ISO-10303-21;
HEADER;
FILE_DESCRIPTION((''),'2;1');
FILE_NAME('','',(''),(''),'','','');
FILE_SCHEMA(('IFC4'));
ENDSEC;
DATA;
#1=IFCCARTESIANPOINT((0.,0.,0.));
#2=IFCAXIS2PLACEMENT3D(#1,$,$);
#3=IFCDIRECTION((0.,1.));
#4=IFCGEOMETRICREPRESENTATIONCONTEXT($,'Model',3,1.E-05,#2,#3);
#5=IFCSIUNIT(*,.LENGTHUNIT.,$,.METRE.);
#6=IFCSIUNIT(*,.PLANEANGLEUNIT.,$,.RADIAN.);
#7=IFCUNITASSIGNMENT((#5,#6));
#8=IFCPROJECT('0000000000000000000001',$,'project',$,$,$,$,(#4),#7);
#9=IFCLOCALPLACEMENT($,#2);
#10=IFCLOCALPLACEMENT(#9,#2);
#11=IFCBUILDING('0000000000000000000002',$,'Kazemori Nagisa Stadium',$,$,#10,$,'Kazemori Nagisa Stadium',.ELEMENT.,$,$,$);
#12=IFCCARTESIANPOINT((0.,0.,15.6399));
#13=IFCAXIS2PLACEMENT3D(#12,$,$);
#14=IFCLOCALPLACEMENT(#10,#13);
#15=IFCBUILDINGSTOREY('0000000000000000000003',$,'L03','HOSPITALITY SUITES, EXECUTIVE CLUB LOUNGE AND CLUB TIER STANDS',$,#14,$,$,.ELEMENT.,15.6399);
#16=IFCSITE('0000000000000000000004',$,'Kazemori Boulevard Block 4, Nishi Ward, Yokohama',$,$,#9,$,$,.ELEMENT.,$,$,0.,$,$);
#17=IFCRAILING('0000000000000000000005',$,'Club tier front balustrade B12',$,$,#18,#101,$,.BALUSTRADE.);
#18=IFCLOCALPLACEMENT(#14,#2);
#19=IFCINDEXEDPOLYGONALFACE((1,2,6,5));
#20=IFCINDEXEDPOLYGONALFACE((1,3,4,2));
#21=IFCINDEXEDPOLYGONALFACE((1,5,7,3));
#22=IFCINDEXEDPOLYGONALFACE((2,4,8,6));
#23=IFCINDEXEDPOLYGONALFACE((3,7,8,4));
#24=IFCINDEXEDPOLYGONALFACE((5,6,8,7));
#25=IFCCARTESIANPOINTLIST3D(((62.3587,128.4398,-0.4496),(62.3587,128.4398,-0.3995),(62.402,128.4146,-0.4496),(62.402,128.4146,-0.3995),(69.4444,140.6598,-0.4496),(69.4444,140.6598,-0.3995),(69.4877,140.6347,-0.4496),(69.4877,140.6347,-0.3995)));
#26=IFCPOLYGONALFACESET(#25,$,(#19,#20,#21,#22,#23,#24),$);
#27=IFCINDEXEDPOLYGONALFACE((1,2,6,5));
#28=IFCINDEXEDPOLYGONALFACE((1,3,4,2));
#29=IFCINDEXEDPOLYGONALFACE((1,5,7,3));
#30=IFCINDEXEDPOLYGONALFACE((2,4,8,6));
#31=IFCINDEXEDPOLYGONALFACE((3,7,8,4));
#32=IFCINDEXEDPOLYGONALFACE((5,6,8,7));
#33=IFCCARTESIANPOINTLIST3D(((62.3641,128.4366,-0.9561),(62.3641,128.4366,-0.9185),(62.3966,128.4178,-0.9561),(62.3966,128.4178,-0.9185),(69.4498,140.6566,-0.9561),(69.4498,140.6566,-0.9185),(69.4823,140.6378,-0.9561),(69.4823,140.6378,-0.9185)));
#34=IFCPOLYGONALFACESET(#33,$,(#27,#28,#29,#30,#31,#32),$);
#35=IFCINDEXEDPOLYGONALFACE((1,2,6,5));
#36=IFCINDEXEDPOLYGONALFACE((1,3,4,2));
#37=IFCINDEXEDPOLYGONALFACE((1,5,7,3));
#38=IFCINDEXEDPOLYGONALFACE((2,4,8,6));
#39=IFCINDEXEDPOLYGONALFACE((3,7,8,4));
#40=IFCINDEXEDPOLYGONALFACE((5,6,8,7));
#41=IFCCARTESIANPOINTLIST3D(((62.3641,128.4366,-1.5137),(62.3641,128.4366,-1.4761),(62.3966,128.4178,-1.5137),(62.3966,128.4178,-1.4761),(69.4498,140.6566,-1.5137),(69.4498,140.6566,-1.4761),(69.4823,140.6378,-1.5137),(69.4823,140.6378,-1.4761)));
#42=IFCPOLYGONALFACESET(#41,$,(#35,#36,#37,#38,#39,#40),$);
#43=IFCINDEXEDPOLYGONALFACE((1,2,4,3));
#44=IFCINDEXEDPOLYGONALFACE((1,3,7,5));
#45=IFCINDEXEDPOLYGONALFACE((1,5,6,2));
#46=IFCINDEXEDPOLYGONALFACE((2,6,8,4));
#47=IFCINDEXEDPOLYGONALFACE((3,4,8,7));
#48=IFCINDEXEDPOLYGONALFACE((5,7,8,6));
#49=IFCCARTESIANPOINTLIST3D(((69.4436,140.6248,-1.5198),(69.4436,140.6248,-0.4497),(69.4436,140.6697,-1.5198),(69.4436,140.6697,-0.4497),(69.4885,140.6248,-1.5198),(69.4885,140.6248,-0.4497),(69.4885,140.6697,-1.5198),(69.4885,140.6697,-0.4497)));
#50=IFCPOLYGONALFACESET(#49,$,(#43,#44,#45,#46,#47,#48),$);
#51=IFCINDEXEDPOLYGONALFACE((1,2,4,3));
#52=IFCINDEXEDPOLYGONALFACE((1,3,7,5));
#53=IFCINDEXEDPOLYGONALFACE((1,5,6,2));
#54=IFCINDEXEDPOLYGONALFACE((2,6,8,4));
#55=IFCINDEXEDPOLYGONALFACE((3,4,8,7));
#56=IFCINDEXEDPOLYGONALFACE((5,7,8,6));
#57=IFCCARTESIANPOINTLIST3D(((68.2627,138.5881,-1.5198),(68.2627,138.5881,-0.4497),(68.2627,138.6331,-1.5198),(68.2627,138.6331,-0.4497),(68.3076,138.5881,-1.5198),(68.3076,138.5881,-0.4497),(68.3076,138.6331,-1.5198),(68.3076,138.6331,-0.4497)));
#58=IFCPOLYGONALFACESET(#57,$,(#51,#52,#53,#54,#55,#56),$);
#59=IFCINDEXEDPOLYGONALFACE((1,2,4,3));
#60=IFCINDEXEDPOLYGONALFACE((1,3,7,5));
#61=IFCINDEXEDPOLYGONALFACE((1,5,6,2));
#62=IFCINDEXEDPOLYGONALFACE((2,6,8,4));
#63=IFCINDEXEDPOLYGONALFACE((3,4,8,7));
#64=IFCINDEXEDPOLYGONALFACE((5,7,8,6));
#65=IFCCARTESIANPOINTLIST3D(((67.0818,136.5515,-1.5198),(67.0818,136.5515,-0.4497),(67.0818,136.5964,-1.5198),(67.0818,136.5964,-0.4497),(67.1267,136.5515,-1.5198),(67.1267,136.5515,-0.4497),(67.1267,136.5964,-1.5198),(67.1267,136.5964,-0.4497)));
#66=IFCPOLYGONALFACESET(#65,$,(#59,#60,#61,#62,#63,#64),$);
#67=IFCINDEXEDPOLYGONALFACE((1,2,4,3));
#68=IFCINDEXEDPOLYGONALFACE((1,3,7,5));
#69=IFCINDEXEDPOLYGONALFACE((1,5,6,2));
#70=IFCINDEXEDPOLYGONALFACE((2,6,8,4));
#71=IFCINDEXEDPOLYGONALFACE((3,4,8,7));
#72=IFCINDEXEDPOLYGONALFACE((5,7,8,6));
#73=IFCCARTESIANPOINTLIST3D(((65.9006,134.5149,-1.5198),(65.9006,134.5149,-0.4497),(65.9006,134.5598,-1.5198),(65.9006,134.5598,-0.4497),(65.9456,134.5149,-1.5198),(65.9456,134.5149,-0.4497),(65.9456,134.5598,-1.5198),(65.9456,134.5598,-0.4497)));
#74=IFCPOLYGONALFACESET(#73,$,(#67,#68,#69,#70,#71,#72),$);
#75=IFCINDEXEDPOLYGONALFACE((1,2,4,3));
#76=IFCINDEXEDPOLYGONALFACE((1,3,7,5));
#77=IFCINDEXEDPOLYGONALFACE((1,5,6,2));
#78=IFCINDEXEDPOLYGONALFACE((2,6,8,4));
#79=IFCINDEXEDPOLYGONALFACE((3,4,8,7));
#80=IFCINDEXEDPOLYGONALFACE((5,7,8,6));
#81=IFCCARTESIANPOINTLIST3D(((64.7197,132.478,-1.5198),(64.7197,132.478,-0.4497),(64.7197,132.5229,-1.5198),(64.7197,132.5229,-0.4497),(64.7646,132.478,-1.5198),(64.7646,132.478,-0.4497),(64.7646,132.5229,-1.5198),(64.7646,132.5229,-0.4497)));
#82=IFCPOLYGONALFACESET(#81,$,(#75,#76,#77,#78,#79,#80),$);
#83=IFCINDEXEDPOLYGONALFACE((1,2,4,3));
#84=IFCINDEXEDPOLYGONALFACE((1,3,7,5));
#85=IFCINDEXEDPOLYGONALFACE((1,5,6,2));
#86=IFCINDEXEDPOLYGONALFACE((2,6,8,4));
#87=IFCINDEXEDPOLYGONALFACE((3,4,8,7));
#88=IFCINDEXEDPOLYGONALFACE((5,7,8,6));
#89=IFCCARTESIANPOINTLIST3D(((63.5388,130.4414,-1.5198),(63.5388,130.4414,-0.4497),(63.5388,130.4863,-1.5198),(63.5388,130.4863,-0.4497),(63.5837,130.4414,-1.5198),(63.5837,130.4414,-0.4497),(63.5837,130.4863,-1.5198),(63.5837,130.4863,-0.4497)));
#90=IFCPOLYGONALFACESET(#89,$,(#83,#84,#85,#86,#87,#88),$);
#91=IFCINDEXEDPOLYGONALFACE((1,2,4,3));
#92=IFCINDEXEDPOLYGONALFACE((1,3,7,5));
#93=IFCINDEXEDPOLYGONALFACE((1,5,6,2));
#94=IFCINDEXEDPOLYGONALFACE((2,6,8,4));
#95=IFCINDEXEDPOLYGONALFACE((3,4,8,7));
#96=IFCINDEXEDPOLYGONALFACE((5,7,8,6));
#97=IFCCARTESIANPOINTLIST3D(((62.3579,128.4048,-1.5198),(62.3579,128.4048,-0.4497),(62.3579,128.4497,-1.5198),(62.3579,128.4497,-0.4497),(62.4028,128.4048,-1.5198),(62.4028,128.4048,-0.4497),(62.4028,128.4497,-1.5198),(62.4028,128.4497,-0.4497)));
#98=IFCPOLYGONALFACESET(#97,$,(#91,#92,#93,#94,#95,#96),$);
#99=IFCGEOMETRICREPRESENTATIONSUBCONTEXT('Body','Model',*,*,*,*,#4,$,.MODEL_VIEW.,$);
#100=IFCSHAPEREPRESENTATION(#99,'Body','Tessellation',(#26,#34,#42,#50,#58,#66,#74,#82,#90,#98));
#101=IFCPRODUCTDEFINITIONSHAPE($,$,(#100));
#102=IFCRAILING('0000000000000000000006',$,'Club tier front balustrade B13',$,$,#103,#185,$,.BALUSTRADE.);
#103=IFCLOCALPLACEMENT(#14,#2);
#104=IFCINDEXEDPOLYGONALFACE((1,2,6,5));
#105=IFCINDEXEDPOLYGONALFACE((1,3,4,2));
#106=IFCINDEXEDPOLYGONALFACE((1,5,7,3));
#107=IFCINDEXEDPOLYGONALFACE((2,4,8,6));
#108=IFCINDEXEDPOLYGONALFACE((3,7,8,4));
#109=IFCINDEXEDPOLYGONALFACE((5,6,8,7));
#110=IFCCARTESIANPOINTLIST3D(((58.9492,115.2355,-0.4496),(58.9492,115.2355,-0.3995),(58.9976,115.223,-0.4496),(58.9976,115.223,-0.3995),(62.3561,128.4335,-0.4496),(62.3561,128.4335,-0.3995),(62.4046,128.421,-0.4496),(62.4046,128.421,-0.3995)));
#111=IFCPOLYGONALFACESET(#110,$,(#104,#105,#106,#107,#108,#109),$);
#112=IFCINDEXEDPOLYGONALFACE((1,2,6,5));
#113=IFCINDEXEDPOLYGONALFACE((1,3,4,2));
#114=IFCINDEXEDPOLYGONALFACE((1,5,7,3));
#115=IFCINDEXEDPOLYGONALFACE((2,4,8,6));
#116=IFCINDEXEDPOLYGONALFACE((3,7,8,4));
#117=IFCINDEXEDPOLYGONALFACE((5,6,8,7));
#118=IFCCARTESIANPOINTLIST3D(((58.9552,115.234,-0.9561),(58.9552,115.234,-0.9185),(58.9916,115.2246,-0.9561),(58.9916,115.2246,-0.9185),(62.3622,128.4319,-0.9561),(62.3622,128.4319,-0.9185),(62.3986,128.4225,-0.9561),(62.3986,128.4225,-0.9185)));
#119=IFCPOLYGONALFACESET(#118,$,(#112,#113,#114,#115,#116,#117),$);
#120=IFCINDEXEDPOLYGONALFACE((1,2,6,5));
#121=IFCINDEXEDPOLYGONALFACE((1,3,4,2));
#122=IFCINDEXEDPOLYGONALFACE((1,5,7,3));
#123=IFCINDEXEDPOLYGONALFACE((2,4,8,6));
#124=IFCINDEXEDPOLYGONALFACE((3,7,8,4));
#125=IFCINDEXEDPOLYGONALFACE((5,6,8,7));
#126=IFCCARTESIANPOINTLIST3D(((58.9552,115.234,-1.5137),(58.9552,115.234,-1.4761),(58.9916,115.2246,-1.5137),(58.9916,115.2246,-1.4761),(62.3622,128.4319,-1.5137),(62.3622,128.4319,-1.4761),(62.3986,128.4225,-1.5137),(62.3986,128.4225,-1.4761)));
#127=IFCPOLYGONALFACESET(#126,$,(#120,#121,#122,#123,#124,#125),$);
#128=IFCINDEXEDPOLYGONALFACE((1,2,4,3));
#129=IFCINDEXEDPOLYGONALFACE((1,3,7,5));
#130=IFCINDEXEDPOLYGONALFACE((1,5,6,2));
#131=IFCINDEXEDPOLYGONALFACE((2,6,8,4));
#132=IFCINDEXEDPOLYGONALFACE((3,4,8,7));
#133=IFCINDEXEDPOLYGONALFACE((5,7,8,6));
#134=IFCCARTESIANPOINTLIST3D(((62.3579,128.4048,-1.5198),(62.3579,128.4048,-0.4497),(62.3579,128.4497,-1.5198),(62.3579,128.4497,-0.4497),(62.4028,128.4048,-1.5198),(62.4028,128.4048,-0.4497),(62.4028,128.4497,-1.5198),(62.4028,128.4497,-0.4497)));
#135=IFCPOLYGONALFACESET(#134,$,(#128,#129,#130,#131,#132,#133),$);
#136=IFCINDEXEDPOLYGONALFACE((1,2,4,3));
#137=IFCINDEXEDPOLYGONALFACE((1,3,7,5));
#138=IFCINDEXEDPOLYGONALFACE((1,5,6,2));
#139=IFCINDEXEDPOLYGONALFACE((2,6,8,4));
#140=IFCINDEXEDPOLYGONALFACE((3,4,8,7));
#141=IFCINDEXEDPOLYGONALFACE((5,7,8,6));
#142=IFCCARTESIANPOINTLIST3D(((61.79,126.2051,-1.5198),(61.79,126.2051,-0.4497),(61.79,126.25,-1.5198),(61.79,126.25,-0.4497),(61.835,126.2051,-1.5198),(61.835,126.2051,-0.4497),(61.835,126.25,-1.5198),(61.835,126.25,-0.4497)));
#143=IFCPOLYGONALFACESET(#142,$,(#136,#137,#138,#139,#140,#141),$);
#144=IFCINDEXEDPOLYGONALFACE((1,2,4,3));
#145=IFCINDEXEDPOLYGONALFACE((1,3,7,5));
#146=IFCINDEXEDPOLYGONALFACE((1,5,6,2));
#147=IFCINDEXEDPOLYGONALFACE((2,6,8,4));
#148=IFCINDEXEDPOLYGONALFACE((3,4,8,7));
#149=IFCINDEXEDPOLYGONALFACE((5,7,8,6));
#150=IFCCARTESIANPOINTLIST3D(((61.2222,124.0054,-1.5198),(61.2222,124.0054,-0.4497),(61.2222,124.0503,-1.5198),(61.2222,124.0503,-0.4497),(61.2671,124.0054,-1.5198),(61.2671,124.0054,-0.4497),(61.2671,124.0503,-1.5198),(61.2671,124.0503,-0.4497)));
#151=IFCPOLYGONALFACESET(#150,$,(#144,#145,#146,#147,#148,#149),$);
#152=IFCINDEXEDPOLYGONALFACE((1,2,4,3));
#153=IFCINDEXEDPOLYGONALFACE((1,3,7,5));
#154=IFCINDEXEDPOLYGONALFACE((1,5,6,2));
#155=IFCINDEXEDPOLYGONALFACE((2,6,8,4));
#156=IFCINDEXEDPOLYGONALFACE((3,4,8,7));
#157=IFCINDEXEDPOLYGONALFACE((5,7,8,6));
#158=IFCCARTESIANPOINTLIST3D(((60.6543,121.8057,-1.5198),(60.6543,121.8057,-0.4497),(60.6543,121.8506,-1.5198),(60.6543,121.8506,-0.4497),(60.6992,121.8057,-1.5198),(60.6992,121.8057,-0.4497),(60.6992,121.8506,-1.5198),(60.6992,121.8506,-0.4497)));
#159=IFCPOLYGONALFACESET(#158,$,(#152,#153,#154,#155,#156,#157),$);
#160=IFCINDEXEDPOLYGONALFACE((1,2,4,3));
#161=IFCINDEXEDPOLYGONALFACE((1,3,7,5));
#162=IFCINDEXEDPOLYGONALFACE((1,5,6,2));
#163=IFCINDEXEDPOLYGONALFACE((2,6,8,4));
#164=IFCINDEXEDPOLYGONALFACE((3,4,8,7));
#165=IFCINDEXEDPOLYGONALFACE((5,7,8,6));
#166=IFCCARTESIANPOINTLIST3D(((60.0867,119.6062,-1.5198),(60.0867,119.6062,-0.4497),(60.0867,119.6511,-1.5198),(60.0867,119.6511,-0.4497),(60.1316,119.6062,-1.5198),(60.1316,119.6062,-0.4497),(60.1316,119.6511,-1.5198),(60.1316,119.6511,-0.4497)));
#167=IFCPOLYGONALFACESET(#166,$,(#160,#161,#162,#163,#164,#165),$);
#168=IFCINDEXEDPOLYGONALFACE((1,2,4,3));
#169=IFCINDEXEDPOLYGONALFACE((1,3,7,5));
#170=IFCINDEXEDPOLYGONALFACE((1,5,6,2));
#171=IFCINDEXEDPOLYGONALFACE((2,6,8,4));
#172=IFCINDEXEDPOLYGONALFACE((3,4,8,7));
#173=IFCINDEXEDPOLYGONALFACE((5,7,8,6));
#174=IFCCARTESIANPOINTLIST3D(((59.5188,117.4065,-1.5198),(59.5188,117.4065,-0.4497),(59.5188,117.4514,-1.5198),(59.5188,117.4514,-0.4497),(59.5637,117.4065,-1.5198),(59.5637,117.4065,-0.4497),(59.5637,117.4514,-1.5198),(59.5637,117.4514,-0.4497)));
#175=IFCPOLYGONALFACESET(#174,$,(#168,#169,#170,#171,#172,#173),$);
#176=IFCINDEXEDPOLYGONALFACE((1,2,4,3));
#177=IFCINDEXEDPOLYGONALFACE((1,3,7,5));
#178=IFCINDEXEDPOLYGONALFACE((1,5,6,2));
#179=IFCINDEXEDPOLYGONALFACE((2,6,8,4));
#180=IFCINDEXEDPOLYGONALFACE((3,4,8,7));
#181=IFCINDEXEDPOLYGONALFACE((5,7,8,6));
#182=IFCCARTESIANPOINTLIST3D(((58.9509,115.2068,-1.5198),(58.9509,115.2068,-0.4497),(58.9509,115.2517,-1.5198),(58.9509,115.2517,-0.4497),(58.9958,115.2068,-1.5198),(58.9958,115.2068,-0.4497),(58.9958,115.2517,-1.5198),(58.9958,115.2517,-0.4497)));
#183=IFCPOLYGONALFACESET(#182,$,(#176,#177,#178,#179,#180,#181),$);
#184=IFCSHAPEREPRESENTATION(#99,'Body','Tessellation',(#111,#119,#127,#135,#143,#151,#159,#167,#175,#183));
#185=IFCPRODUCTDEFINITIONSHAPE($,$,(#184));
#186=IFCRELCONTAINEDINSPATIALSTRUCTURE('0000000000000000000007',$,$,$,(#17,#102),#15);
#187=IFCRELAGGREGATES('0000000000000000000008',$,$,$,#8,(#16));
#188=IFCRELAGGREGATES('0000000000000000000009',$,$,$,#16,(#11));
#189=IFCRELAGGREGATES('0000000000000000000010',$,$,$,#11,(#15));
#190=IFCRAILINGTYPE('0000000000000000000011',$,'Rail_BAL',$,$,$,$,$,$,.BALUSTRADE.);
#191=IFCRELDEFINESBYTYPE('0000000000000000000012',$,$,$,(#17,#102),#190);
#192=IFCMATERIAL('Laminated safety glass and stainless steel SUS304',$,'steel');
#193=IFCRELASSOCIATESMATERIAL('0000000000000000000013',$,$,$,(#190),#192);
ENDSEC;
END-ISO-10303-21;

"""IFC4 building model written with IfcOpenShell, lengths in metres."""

from ifc_helpers import new_model, si_unit, direction, frame, origin, origin_2d, place, context, subcontext, project, spatial, rectangle, extrude, material, type_object, element, save


model = new_model("IFC4")

# Units and contexts
model_context = context("Model", 3, precision=1e-05, world=origin(), true_north=direction((0.0, 1.0)))
body_context = subcontext(model_context, "Body", "Model", "MODEL_VIEW")
ifc_project = project(units=[si_unit("LENGTHUNIT", "METRE"), si_unit("PLANEANGLEUNIT", "RADIAN")], contexts=[model_context])

# Site, building, storey
site_placement = place(None, origin())
site = spatial("IfcSite", under=ifc_project, at=site_placement, Name="Kazemori Boulevard Block 4, Nishi Ward, Yokohama", CompositionType="ELEMENT", RefElevation=0.0)
building_placement = place(site_placement, origin())
building = spatial("IfcBuilding", under=site, at=building_placement, Name="Kazemori Nagisa Stadium", LongName="Kazemori Nagisa Stadium", CompositionType="ELEMENT")
storey_placement = place(building_placement, frame((0.0, 0.0, 15.6399)))
storey = spatial("IfcBuildingStorey", under=building, at=storey_placement, Name="L03", Description="HOSPITALITY SUITES, EXECUTIVE CLUB LOUNGE AND CLUB TIER STANDS", CompositionType="ELEMENT", Elevation=15.6399)

# Railings
ifc_material_1 = material(Name="Laminated safety glass and stainless steel SUS304", Category="steel")
railing_type = type_object("IfcRailingType", Name="Rail_BAL", PredefinedType="BALUSTRADE", material=ifc_material_1)
railing_1_placement = place(storey_placement, frame((69.4661, 140.6472, -1.5198)))
element("IfcRailing", 1, at=railing_1_placement, inside=storey, type_object=railing_type, Name="Club tier front balustrade B12", PredefinedType="BALUSTRADE", context=body_context, shape_type="SweptSolid", body=[
    extrude(rectangle(XDim=0.05, YDim=0.05, at=origin_2d()), frame((0.0, 0.0, 1.0952), z_axis=(-0.501618, -0.865089, 0.0), x_axis=(0.865089, -0.501618, 0.0)), (0.0, 0.0, 1.0), 14.1257),
    extrude(rectangle(XDim=0.0376, YDim=0.0376, at=origin_2d()), frame((0.0, 0.0, 0.5825), z_axis=(-0.501618, -0.865089, 0.0), x_axis=(0.865089, -0.501618, 0.0)), (0.0, 0.0, 1.0), 14.1257),
    extrude(rectangle(XDim=0.0376, YDim=0.0376, at=origin_2d()), frame((0.0, 0.0, 0.0249), z_axis=(-0.501618, -0.865089, 0.0), x_axis=(0.865089, -0.501618, 0.0)), (0.0, 0.0, 1.0), 14.1257),
    extrude(rectangle(XDim=0.0449, YDim=0.0449, at=origin_2d()), origin(), (0.0, 0.0, 1.0), 1.0701),
    extrude(rectangle(XDim=0.0449, YDim=0.0449, at=origin_2d()), frame((-1.1809, -2.0366, 0.0)), (0.0, 0.0, 1.0), 1.0701),
    extrude(rectangle(XDim=0.0449, YDim=0.0449, at=origin_2d()), frame((-2.3618, -4.0732, 0.0)), (0.0, 0.0, 1.0), 1.0701),
    extrude(rectangle(XDim=0.0449, YDim=0.0449, at=origin_2d()), frame((-3.543, -6.1099, 0.0)), (0.0, 0.0, 1.0), 1.0701),
    extrude(rectangle(XDim=0.0449, YDim=0.0449, at=origin_2d()), frame((-4.7239, -8.1467, 0.0)), (0.0, 0.0, 1.0), 1.0701),
    extrude(rectangle(XDim=0.0449, YDim=0.0449, at=origin_2d()), frame((-5.9048, -10.1833, 0.0)), (0.0, 0.0, 1.0), 1.0701),
    extrude(rectangle(XDim=0.0449, YDim=0.0449, at=origin_2d()), frame((-7.0857, -12.22, 0.0)), (0.0, 0.0, 1.0), 1.0701),
])
railing_2_placement = place(storey_placement, frame((62.3804, 128.4272, -1.5198)))
element("IfcRailing", 2, at=railing_2_placement, inside=storey, type_object=railing_type, Name="Club tier front balustrade B13", PredefinedType="BALUSTRADE", context=body_context, shape_type="SweptSolid", body=[
    extrude(rectangle(XDim=0.05, YDim=0.05, at=origin_2d()), frame((0.0, 0.0, 1.0952), z_axis=(-0.24995, -0.968259, 0.0), x_axis=(0.968259, -0.24995, 0.0)), (0.0, 0.0, 1.0), 13.6306),
    extrude(rectangle(XDim=0.0376, YDim=0.0376, at=origin_2d()), frame((0.0, 0.0, 0.5825), z_axis=(-0.24995, -0.968259, 0.0), x_axis=(0.968259, -0.24995, 0.0)), (0.0, 0.0, 1.0), 13.6306),
    extrude(rectangle(XDim=0.0376, YDim=0.0376, at=origin_2d()), frame((0.0, 0.0, 0.0249), z_axis=(-0.24995, -0.968259, 0.0), x_axis=(0.968259, -0.24995, 0.0)), (0.0, 0.0, 1.0), 13.6306),
    extrude(rectangle(XDim=0.0449, YDim=0.0449, at=origin_2d()), origin(), (0.0, 0.0, 1.0), 1.0701),
    extrude(rectangle(XDim=0.0449, YDim=0.0449, at=origin_2d()), frame((-0.5679, -2.1997, 0.0)), (0.0, 0.0, 1.0), 1.0701),
    extrude(rectangle(XDim=0.0449, YDim=0.0449, at=origin_2d()), frame((-1.1357, -4.3994, 0.0)), (0.0, 0.0, 1.0), 1.0701),
    extrude(rectangle(XDim=0.0449, YDim=0.0449, at=origin_2d()), frame((-1.7036, -6.5991, 0.0)), (0.0, 0.0, 1.0), 1.0701),
    extrude(rectangle(XDim=0.0449, YDim=0.0449, at=origin_2d()), frame((-2.2712, -8.7986, 0.0)), (0.0, 0.0, 1.0), 1.0701),
    extrude(rectangle(XDim=0.0449, YDim=0.0449, at=origin_2d()), frame((-2.8391, -10.9983, 0.0)), (0.0, 0.0, 1.0), 1.0701),
    extrude(rectangle(XDim=0.0449, YDim=0.0449, at=origin_2d()), frame((-3.407, -13.198, 0.0)), (0.0, 0.0, 1.0), 1.0701),
])

save(model, "model.ifc")
